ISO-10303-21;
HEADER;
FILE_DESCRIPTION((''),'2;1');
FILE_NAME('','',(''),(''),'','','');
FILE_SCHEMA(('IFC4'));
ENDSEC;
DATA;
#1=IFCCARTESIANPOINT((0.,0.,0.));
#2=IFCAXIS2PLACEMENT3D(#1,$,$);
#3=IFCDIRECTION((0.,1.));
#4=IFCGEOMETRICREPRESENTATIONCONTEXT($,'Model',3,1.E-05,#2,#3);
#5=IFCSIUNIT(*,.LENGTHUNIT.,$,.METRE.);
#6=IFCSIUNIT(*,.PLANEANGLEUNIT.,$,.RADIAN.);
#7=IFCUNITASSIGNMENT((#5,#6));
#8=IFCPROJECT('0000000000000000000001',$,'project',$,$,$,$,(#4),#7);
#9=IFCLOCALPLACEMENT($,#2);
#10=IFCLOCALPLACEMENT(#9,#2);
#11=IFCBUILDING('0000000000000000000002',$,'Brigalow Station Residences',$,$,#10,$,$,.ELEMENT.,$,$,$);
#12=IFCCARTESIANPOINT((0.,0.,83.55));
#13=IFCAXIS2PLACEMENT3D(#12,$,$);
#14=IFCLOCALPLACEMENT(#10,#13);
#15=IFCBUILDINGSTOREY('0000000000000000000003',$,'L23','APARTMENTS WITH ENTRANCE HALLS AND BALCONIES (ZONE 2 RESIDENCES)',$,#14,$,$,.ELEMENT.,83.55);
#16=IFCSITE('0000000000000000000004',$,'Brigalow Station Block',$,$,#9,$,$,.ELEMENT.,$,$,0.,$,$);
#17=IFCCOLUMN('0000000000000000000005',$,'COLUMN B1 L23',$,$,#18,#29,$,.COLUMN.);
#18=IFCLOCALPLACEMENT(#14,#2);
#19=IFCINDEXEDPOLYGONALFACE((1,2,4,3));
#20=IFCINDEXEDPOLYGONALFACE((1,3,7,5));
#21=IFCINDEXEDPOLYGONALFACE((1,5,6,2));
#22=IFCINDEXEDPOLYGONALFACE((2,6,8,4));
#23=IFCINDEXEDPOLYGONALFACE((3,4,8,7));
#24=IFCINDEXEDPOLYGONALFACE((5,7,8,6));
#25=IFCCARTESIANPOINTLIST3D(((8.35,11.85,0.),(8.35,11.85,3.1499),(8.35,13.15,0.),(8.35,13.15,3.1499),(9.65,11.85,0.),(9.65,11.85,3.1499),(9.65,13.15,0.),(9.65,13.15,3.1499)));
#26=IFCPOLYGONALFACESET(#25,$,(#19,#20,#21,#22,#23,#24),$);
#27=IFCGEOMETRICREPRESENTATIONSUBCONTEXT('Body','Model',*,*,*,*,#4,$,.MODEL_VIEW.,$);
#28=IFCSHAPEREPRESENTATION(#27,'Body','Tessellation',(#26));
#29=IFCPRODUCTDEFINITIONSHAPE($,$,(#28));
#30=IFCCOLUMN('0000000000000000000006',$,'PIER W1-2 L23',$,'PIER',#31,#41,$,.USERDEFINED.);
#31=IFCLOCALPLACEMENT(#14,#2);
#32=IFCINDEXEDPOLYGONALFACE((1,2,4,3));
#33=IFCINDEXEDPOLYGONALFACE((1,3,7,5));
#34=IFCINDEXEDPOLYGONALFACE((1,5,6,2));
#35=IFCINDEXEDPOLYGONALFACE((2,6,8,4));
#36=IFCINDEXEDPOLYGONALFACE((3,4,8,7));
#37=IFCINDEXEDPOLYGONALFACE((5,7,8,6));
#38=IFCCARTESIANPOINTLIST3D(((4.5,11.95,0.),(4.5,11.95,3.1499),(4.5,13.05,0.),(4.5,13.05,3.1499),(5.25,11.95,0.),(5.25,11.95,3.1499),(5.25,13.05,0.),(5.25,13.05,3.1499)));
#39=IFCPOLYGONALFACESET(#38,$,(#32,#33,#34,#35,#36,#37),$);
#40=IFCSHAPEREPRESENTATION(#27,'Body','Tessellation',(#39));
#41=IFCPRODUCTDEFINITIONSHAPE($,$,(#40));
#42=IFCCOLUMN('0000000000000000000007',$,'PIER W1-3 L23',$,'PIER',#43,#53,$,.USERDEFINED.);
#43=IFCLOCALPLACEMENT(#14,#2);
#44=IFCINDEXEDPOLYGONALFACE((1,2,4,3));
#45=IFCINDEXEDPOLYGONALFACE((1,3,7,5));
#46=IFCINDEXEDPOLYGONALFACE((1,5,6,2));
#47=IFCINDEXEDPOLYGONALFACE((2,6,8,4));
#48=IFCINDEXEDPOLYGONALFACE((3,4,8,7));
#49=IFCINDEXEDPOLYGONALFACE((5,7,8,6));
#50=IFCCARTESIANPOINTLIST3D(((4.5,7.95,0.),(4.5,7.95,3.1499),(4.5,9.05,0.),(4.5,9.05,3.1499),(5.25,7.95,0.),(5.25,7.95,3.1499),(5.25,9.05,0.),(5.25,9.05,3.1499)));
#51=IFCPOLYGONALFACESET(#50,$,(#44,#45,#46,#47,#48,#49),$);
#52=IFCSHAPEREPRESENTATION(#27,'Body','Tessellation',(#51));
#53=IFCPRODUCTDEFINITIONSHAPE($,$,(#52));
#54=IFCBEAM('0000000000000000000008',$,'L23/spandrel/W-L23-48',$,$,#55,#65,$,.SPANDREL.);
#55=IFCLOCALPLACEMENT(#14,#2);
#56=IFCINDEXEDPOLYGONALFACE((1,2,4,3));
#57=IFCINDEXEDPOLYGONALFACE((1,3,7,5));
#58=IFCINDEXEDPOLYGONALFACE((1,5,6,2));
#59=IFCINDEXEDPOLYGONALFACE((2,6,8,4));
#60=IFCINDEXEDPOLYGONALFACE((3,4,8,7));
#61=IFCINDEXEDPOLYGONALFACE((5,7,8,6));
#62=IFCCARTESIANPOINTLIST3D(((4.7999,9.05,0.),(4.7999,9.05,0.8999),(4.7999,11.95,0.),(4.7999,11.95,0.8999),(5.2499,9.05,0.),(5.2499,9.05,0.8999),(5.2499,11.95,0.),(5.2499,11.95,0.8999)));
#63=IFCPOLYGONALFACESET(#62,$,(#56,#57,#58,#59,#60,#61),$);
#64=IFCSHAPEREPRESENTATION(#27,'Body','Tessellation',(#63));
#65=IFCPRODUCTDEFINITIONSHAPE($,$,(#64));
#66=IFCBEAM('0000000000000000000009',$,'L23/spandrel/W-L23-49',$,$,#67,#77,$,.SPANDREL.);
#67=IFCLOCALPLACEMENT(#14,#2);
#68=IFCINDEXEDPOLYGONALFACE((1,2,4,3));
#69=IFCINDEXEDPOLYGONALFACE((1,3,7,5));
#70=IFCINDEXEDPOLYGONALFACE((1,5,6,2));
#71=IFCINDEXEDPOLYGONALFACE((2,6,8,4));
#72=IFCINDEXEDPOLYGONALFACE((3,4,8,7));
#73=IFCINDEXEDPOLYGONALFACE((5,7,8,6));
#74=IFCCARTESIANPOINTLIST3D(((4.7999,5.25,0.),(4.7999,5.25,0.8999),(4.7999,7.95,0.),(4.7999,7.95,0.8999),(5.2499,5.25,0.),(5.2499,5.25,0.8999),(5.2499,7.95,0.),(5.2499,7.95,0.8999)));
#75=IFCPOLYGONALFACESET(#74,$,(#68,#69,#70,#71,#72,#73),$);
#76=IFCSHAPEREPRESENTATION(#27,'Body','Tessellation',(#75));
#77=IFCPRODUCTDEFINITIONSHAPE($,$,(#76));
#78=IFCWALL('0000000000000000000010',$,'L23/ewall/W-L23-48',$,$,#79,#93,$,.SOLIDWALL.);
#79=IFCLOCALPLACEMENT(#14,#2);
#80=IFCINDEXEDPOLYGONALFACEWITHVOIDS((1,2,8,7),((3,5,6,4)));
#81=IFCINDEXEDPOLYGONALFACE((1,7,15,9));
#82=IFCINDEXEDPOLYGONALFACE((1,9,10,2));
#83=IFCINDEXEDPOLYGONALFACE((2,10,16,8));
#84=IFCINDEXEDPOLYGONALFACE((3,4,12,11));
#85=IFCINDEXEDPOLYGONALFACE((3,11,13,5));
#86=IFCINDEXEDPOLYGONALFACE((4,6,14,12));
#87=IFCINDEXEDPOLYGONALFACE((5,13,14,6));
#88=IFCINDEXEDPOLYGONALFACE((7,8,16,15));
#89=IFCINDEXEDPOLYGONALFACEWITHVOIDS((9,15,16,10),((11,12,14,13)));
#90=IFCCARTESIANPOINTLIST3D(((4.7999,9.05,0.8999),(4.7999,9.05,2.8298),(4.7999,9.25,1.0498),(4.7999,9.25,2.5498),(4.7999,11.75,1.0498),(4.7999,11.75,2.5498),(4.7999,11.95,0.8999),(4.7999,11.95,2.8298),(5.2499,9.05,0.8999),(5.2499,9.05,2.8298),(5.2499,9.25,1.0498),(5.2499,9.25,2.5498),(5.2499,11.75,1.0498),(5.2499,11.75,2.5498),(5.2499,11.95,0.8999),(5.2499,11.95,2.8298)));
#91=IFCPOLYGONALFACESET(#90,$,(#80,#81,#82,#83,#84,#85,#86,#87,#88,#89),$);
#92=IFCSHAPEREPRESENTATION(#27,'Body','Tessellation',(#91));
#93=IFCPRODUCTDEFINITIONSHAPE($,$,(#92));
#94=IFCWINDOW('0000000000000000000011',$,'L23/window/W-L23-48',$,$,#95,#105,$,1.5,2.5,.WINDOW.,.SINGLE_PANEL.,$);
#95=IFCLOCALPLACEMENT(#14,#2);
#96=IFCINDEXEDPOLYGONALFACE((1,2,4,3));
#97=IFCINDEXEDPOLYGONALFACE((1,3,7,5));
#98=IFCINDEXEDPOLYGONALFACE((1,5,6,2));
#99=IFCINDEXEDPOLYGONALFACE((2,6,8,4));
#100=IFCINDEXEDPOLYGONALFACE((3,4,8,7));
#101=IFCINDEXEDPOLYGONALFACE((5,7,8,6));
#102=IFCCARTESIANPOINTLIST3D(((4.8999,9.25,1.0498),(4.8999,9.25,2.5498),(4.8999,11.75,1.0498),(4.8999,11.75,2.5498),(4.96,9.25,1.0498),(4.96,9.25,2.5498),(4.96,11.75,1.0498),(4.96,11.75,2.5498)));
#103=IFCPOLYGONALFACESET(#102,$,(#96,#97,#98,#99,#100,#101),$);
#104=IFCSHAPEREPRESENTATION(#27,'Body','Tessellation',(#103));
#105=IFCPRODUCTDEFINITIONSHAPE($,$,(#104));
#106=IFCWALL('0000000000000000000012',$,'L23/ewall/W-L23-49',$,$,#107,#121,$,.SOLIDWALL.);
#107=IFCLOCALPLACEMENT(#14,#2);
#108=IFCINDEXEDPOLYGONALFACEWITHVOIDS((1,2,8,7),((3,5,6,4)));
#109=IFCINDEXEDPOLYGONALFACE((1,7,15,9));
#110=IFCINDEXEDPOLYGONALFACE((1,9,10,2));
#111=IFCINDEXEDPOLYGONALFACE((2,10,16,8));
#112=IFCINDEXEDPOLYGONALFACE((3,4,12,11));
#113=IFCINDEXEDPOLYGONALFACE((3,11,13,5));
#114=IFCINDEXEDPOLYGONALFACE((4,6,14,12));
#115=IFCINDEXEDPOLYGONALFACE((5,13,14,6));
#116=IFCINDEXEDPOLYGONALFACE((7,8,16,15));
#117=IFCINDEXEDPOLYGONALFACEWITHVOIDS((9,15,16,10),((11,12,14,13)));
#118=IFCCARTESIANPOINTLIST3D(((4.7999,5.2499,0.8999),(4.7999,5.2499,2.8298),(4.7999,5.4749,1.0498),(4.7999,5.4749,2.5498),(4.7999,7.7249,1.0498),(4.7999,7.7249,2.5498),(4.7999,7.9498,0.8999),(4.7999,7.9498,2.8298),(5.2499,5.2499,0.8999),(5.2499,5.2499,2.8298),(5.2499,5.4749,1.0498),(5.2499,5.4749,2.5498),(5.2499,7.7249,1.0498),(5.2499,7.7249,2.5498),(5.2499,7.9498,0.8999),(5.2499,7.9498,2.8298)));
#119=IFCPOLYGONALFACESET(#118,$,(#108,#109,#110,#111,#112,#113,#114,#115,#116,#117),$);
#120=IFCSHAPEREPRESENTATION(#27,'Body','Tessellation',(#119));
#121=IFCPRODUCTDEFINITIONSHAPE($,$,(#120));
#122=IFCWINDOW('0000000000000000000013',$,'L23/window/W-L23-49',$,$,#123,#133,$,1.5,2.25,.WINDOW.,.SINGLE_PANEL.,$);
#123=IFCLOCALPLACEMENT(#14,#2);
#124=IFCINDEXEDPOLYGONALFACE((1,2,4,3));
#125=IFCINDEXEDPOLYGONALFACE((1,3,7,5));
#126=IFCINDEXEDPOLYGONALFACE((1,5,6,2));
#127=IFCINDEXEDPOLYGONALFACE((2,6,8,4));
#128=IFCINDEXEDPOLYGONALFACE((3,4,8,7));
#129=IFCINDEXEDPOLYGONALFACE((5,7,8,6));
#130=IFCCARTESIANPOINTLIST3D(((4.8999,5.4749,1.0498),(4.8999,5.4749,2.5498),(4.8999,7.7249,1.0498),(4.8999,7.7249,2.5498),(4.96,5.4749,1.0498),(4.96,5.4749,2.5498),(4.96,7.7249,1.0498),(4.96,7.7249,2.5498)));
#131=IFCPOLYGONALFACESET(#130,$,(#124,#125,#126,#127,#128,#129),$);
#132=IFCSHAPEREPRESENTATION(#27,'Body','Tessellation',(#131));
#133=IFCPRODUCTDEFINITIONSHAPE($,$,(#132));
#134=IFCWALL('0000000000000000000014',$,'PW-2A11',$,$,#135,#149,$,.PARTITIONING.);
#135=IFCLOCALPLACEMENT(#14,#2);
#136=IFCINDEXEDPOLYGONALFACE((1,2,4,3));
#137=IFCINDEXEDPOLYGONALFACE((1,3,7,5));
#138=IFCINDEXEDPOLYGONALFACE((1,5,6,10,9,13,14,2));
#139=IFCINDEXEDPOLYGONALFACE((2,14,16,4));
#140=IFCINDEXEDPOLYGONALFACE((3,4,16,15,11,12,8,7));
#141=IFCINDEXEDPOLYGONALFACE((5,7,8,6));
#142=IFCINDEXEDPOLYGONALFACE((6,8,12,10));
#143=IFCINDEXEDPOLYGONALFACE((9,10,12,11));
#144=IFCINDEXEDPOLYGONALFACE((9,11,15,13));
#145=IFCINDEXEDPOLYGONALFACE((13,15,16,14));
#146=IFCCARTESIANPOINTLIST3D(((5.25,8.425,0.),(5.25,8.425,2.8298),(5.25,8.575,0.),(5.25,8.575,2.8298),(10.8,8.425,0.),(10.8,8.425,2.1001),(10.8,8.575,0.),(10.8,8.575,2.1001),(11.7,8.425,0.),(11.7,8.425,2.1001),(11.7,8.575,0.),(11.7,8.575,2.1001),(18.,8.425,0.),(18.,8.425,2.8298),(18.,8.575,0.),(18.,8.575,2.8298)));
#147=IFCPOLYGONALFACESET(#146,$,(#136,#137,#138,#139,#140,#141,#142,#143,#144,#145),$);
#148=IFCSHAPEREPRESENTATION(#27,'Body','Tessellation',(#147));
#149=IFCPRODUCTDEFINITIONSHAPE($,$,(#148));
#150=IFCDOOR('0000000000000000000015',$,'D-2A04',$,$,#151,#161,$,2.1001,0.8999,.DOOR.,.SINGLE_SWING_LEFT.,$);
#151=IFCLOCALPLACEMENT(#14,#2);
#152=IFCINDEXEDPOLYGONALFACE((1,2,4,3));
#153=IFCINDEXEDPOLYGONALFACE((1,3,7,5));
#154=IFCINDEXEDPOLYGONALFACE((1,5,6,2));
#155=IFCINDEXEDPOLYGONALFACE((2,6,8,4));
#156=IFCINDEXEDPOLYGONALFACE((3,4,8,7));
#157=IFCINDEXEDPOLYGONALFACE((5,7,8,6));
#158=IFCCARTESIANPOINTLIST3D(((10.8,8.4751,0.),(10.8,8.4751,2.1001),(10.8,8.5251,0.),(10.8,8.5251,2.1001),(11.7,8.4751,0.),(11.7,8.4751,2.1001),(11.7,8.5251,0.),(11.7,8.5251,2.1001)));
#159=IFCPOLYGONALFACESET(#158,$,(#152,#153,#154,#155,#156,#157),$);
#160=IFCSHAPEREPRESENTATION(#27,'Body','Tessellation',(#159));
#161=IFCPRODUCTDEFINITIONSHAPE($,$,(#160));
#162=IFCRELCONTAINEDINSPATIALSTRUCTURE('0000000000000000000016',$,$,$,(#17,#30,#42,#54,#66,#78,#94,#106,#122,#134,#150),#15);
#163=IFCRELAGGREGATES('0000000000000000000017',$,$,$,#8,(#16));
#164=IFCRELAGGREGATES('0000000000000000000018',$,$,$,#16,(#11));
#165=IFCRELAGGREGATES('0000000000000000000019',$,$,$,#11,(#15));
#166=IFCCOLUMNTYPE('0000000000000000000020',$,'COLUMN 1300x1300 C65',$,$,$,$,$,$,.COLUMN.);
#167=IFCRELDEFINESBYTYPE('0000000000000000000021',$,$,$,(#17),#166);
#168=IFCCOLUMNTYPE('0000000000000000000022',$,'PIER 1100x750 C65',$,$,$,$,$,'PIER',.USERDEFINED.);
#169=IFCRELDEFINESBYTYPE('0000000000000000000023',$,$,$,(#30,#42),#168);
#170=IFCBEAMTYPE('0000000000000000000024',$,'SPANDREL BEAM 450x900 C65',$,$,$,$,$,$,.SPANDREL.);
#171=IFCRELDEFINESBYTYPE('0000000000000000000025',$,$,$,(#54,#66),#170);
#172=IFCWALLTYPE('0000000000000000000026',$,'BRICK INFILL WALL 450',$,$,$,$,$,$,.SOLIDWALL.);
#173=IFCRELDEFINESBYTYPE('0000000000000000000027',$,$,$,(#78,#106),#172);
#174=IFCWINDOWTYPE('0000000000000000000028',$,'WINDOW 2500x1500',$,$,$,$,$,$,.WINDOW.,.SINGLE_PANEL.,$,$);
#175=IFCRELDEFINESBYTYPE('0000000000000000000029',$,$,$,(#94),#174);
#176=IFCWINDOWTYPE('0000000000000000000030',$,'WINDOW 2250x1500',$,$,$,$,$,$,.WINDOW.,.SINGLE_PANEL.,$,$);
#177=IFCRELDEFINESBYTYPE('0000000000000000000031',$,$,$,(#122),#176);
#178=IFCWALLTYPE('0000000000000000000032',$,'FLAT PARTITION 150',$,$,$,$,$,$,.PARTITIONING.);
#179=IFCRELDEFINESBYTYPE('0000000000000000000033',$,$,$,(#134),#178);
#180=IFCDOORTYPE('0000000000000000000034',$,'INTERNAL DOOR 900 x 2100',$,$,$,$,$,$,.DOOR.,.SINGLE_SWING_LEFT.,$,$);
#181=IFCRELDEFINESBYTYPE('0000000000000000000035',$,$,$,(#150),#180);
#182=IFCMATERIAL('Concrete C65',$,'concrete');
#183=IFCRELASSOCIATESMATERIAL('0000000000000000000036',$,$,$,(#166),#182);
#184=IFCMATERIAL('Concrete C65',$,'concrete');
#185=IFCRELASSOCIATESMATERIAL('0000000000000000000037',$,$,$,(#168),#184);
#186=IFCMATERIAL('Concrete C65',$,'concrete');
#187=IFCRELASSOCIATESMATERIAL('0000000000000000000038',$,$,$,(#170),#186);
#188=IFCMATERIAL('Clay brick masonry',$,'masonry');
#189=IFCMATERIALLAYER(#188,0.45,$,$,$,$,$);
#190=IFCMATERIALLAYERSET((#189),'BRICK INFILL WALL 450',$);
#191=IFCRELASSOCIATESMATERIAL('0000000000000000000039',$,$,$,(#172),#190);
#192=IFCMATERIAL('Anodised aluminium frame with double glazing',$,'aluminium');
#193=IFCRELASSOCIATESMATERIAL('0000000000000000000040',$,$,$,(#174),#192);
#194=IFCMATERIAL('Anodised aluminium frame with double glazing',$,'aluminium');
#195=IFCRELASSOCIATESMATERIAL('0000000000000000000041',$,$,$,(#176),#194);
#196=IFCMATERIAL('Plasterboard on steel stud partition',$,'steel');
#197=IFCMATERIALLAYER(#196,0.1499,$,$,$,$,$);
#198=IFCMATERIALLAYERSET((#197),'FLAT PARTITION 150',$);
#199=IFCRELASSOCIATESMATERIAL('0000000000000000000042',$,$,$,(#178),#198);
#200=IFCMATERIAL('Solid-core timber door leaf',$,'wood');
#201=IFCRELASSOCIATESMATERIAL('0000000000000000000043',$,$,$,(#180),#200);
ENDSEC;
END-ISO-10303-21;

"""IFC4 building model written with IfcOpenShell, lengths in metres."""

from ifc_helpers import new_model, si_unit, direction, frame, frame_2d, origin, origin_2d, place, context, subcontext, project, spatial, rectangle, extrude, material, layer, layer_set, material_profile, profile_set, type_object, element, fill, save


model = new_model("IFC4")

# Units and contexts
model_context = context("Model", 3, precision=1e-05, world=origin(), true_north=direction((0.0, 1.0)))
body_context = subcontext(model_context, "Body", "Model", "MODEL_VIEW")
ifc_project = project(units=[si_unit("LENGTHUNIT", "METRE"), si_unit("PLANEANGLEUNIT", "RADIAN")], contexts=[model_context])

# Site, building, storey
site_placement = place(None, origin())
site = spatial("IfcSite", under=ifc_project, at=site_placement, Name="Brigalow Station Block", CompositionType="ELEMENT", RefElevation=0.0)
building_placement = place(site_placement, origin())
building = spatial("IfcBuilding", under=site, at=building_placement, Name="Brigalow Station Residences", CompositionType="ELEMENT")
storey_placement = place(building_placement, frame((0.0, 0.0, 83.55)))
storey = spatial("IfcBuildingStorey", under=building, at=storey_placement, Name="L23", Description="APARTMENTS WITH ENTRANCE HALLS AND BALCONIES (ZONE 2 RESIDENCES)", CompositionType="ELEMENT", Elevation=83.55)

# Columns
ifc_material_1 = material(Name="Concrete C65", Category="concrete")
ifc_material_profile_1 = material_profile(ifc_material_1, rectangle(XDim=1.3, YDim=1.3, at=origin_2d()), Name="RC1300x1300")
ifc_profile_set_1 = profile_set([ifc_material_profile_1], Name="Concrete C65")
column_type_1 = type_object("IfcColumnType", Name="COLUMN 1300x1300 C65", PredefinedType="COLUMN", material=ifc_profile_set_1)
column_placement = place(storey_placement, frame((9.0, 12.5, 0.0), z_axis=(0.0, 0.0, 1.0), x_axis=(1.0, 0.0, 0.0)))
element("IfcColumn", 1, at=column_placement, inside=storey, type_object=column_type_1, Name="COLUMN B1 L23", PredefinedType="COLUMN", context=body_context, shape_type="SweptSolid", body=[
    extrude(rectangle(XDim=1.3, YDim=1.3, at=origin_2d()), origin(), (0.0, 0.0, 1.0), 3.1499),
])
ifc_material_2 = material(Name="Concrete C65", Category="concrete")
ifc_material_profile_2 = material_profile(ifc_material_2, rectangle(XDim=1.1001, YDim=0.75, at=origin_2d()), Name="RC1100x750")
ifc_profile_set_2 = profile_set([ifc_material_profile_2], Name="Concrete C65")
column_type_2 = type_object("IfcColumnType", Name="PIER 1100x750 C65", ElementType="PIER", PredefinedType="USERDEFINED", material=ifc_profile_set_2)
for number, where, z_axis, x_axis, name in (
    (2, (4.875, 12.5, 0.0), (0.0, 0.0, 1.0), (0.0, -1.0, 0.0), "PIER W1-2 L23"),
    (3, (4.875, 8.5, 0.0), (0.0, 0.0, 1.0), (0.0, -1.0, 0.0), "PIER W1-3 L23"),
):
    element("IfcColumn", number, at=place(storey_placement, frame(where, z_axis=z_axis, x_axis=x_axis)), inside=storey, type_object=column_type_2, Name=name, ObjectType="PIER", PredefinedType="USERDEFINED", context=body_context, shape_type="SweptSolid", body=[
        extrude(rectangle(XDim=1.1001, YDim=0.75, at=origin_2d()), origin(), (0.0, 0.0, 1.0), 3.1499),
    ])

# Beams
ifc_material_3 = material(Name="Concrete C65", Category="concrete")
ifc_material_profile_3 = material_profile(ifc_material_3, rectangle(XDim=0.45, YDim=0.8999, at=origin_2d()), Name="RC450x900")
ifc_profile_set_3 = profile_set([ifc_material_profile_3], Name="Concrete C65")
beam_type = type_object("IfcBeamType", Name="SPANDREL BEAM 450x900 C65", PredefinedType="SPANDREL", material=ifc_profile_set_3)
beam_1_placement = place(storey_placement, frame((5.0249, 11.95, 0.45), z_axis=(0.0, -1.0, 0.0), x_axis=(1.0, 0.0, 0.0)))
element("IfcBeam", 4, at=beam_1_placement, inside=storey, type_object=beam_type, Name="L23/spandrel/W-L23-48", PredefinedType="SPANDREL", context=body_context, shape_type="SweptSolid", body=[
    extrude(rectangle(XDim=0.45, YDim=0.8999, at=origin_2d()), origin(), (0.0, 0.0, 1.0), 2.8999),
])
beam_2_placement = place(storey_placement, frame((5.0249, 7.95, 0.45), z_axis=(0.0, -1.0, 0.0), x_axis=(1.0, 0.0, 0.0)))
element("IfcBeam", 5, at=beam_2_placement, inside=storey, type_object=beam_type, Name="L23/spandrel/W-L23-49", PredefinedType="SPANDREL", context=body_context, shape_type="SweptSolid", body=[
    extrude(rectangle(XDim=0.45, YDim=0.8999, at=origin_2d()), origin(), (0.0, 0.0, 1.0), 2.7),
])

# Walls, openings, windows
ifc_material_4 = material(Name="Clay brick masonry", Category="masonry")
ifc_layer_1 = layer(ifc_material_4, 0.45)
ifc_layer_set_1 = layer_set([ifc_layer_1], Name="BRICK INFILL WALL 450")
wall_type_1 = type_object("IfcWallType", Name="BRICK INFILL WALL 450", PredefinedType="SOLIDWALL", material=ifc_layer_set_1)
wall_1_placement = place(storey_placement, frame((5.0249, 11.95, 0.8999), z_axis=(0.0, 0.0, 1.0), x_axis=(0.0, -1.0, 0.0)))
wall_1 = element("IfcWall", 6, at=wall_1_placement, inside=storey, type_object=wall_type_1, Name="L23/ewall/W-L23-48", PredefinedType="SOLIDWALL", context=body_context, shape_type="SweptSolid", body=[
    extrude(rectangle(XDim=2.8999, YDim=0.45, at=frame_2d((1.45, 0.0))), origin(), (0.0, 0.0, 1.0), 1.9299),
])
opening_1_placement = place(wall_1_placement, frame((0.2, 0.0, 0.1499)))
opening_1 = element("IfcOpeningElement", 7, at=opening_1_placement, cuts=wall_1, PredefinedType="OPENING", context=body_context, shape_type="SweptSolid", body=[
    extrude(rectangle(XDim=2.5, YDim=1.5, at=frame_2d((1.25, 0.75))), frame((0.0, 0.2349, 0.0), z_axis=(0.0, -1.0, 0.0), x_axis=(1.0, 0.0, 0.0)), (0.0, 0.0, 1.0), 0.47),
])
ifc_material_5 = material(Name="Anodised aluminium frame with double glazing", Category="aluminium")
window_type_1 = type_object("IfcWindowType", Name="WINDOW 2500x1500", PartitioningType="SINGLE_PANEL", PredefinedType="WINDOW", material=ifc_material_5)
window_1_placement = place(opening_1_placement, origin())
window_1 = element("IfcWindow", 8, at=window_1_placement, inside=storey, type_object=window_type_1, Name="L23/window/W-L23-48", OverallHeight=1.5, OverallWidth=2.5, PartitioningType="SINGLE_PANEL", PredefinedType="WINDOW", context=body_context, shape_type="SweptSolid", body=[
    extrude(rectangle(XDim=2.5, YDim=1.5, at=frame_2d((1.25, 0.75))), frame((0.0, -0.0649, 0.0), z_axis=(0.0, -1.0, 0.0), x_axis=(1.0, 0.0, 0.0)), (0.0, 0.0, 1.0), 0.0601),
])
fill(opening_1, window_1)
wall_2_placement = place(storey_placement, frame((5.0249, 7.95, 0.8999), z_axis=(0.0, 0.0, 1.0), x_axis=(0.0, -1.0, 0.0)))
wall_2 = element("IfcWall", 9, at=wall_2_placement, inside=storey, type_object=wall_type_1, Name="L23/ewall/W-L23-49", PredefinedType="SOLIDWALL", context=body_context, shape_type="SweptSolid", body=[
    extrude(rectangle(XDim=2.7, YDim=0.45, at=frame_2d((1.3501, 0.0))), origin(), (0.0, 0.0, 1.0), 1.9299),
])
opening_2_placement = place(wall_2_placement, frame((0.2251, 0.0, 0.1499)))
opening_2 = element("IfcOpeningElement", 10, at=opening_2_placement, cuts=wall_2, PredefinedType="OPENING", context=body_context, shape_type="SweptSolid", body=[
    extrude(rectangle(XDim=2.25, YDim=1.5, at=frame_2d((1.125, 0.75))), frame((0.0, 0.2349, 0.0), z_axis=(0.0, -1.0, 0.0), x_axis=(1.0, 0.0, 0.0)), (0.0, 0.0, 1.0), 0.47),
])
ifc_material_6 = material(Name="Anodised aluminium frame with double glazing", Category="aluminium")
window_type_2 = type_object("IfcWindowType", Name="WINDOW 2250x1500", PartitioningType="SINGLE_PANEL", PredefinedType="WINDOW", material=ifc_material_6)
window_2_placement = place(opening_2_placement, origin())
window_2 = element("IfcWindow", 11, at=window_2_placement, inside=storey, type_object=window_type_2, Name="L23/window/W-L23-49", OverallHeight=1.5, OverallWidth=2.25, PartitioningType="SINGLE_PANEL", PredefinedType="WINDOW", context=body_context, shape_type="SweptSolid", body=[
    extrude(rectangle(XDim=2.25, YDim=1.5, at=frame_2d((1.125, 0.75))), frame((0.0, -0.0649, 0.0), z_axis=(0.0, -1.0, 0.0), x_axis=(1.0, 0.0, 0.0)), (0.0, 0.0, 1.0), 0.0601),
])
fill(opening_2, window_2)

# Wall, opening, door
ifc_material_7 = material(Name="Plasterboard on steel stud partition", Category="steel")
ifc_layer_2 = layer(ifc_material_7, 0.1499)
ifc_layer_set_2 = layer_set([ifc_layer_2], Name="FLAT PARTITION 150")
wall_type_2 = type_object("IfcWallType", Name="FLAT PARTITION 150", PredefinedType="PARTITIONING", material=ifc_layer_set_2)
wall_3_placement = place(storey_placement, frame((5.25, 8.5, 0.0), z_axis=(0.0, 0.0, 1.0), x_axis=(1.0, 0.0, 0.0)))
wall_3 = element("IfcWall", 12, at=wall_3_placement, inside=storey, type_object=wall_type_2, Name="PW-2A11", PredefinedType="PARTITIONING", context=body_context, shape_type="SweptSolid", body=[
    extrude(rectangle(XDim=12.75, YDim=0.1499, at=frame_2d((6.375, 0.0))), origin(), (0.0, 0.0, 1.0), 2.8298),
])
opening_3_placement = place(wall_3_placement, frame((5.55, 0.0, 0.0)))
opening_3 = element("IfcOpeningElement", 13, at=opening_3_placement, cuts=wall_3, PredefinedType="OPENING", context=body_context, shape_type="SweptSolid", body=[
    extrude(rectangle(XDim=0.8999, YDim=2.1001, at=frame_2d((0.45, 1.05))), frame((0.0, 0.085, 0.0), z_axis=(0.0, -1.0, 0.0), x_axis=(1.0, 0.0, 0.0)), (0.0, 0.0, 1.0), 0.1699),
])
ifc_material_8 = material(Name="Solid-core timber door leaf", Category="wood")
door_type = type_object("IfcDoorType", Name="INTERNAL DOOR 900 x 2100", OperationType="SINGLE_SWING_LEFT", PredefinedType="DOOR", material=ifc_material_8)
door_1_placement = place(opening_3_placement, frame((0.8999, 0.0, 0.0), z_axis=(0.0, 0.0, 1.0), x_axis=(-1.0, 0.0, 0.0)))
door_1 = element("IfcDoor", 14, at=door_1_placement, inside=storey, type_object=door_type, Name="D-2A04", OperationType="SINGLE_SWING_LEFT", OverallHeight=2.1001, OverallWidth=0.8999, PredefinedType="DOOR", context=body_context, shape_type="SweptSolid", body=[
    extrude(rectangle(XDim=0.8999, YDim=2.1001, at=frame_2d((0.45, 1.05))), frame((0.0, 0.0249, 0.0), z_axis=(0.0, -1.0, 0.0), x_axis=(1.0, 0.0, 0.0)), (0.0, 0.0, 1.0), 0.05),
])
fill(opening_3, door_1)

save(model, "model.ifc")
